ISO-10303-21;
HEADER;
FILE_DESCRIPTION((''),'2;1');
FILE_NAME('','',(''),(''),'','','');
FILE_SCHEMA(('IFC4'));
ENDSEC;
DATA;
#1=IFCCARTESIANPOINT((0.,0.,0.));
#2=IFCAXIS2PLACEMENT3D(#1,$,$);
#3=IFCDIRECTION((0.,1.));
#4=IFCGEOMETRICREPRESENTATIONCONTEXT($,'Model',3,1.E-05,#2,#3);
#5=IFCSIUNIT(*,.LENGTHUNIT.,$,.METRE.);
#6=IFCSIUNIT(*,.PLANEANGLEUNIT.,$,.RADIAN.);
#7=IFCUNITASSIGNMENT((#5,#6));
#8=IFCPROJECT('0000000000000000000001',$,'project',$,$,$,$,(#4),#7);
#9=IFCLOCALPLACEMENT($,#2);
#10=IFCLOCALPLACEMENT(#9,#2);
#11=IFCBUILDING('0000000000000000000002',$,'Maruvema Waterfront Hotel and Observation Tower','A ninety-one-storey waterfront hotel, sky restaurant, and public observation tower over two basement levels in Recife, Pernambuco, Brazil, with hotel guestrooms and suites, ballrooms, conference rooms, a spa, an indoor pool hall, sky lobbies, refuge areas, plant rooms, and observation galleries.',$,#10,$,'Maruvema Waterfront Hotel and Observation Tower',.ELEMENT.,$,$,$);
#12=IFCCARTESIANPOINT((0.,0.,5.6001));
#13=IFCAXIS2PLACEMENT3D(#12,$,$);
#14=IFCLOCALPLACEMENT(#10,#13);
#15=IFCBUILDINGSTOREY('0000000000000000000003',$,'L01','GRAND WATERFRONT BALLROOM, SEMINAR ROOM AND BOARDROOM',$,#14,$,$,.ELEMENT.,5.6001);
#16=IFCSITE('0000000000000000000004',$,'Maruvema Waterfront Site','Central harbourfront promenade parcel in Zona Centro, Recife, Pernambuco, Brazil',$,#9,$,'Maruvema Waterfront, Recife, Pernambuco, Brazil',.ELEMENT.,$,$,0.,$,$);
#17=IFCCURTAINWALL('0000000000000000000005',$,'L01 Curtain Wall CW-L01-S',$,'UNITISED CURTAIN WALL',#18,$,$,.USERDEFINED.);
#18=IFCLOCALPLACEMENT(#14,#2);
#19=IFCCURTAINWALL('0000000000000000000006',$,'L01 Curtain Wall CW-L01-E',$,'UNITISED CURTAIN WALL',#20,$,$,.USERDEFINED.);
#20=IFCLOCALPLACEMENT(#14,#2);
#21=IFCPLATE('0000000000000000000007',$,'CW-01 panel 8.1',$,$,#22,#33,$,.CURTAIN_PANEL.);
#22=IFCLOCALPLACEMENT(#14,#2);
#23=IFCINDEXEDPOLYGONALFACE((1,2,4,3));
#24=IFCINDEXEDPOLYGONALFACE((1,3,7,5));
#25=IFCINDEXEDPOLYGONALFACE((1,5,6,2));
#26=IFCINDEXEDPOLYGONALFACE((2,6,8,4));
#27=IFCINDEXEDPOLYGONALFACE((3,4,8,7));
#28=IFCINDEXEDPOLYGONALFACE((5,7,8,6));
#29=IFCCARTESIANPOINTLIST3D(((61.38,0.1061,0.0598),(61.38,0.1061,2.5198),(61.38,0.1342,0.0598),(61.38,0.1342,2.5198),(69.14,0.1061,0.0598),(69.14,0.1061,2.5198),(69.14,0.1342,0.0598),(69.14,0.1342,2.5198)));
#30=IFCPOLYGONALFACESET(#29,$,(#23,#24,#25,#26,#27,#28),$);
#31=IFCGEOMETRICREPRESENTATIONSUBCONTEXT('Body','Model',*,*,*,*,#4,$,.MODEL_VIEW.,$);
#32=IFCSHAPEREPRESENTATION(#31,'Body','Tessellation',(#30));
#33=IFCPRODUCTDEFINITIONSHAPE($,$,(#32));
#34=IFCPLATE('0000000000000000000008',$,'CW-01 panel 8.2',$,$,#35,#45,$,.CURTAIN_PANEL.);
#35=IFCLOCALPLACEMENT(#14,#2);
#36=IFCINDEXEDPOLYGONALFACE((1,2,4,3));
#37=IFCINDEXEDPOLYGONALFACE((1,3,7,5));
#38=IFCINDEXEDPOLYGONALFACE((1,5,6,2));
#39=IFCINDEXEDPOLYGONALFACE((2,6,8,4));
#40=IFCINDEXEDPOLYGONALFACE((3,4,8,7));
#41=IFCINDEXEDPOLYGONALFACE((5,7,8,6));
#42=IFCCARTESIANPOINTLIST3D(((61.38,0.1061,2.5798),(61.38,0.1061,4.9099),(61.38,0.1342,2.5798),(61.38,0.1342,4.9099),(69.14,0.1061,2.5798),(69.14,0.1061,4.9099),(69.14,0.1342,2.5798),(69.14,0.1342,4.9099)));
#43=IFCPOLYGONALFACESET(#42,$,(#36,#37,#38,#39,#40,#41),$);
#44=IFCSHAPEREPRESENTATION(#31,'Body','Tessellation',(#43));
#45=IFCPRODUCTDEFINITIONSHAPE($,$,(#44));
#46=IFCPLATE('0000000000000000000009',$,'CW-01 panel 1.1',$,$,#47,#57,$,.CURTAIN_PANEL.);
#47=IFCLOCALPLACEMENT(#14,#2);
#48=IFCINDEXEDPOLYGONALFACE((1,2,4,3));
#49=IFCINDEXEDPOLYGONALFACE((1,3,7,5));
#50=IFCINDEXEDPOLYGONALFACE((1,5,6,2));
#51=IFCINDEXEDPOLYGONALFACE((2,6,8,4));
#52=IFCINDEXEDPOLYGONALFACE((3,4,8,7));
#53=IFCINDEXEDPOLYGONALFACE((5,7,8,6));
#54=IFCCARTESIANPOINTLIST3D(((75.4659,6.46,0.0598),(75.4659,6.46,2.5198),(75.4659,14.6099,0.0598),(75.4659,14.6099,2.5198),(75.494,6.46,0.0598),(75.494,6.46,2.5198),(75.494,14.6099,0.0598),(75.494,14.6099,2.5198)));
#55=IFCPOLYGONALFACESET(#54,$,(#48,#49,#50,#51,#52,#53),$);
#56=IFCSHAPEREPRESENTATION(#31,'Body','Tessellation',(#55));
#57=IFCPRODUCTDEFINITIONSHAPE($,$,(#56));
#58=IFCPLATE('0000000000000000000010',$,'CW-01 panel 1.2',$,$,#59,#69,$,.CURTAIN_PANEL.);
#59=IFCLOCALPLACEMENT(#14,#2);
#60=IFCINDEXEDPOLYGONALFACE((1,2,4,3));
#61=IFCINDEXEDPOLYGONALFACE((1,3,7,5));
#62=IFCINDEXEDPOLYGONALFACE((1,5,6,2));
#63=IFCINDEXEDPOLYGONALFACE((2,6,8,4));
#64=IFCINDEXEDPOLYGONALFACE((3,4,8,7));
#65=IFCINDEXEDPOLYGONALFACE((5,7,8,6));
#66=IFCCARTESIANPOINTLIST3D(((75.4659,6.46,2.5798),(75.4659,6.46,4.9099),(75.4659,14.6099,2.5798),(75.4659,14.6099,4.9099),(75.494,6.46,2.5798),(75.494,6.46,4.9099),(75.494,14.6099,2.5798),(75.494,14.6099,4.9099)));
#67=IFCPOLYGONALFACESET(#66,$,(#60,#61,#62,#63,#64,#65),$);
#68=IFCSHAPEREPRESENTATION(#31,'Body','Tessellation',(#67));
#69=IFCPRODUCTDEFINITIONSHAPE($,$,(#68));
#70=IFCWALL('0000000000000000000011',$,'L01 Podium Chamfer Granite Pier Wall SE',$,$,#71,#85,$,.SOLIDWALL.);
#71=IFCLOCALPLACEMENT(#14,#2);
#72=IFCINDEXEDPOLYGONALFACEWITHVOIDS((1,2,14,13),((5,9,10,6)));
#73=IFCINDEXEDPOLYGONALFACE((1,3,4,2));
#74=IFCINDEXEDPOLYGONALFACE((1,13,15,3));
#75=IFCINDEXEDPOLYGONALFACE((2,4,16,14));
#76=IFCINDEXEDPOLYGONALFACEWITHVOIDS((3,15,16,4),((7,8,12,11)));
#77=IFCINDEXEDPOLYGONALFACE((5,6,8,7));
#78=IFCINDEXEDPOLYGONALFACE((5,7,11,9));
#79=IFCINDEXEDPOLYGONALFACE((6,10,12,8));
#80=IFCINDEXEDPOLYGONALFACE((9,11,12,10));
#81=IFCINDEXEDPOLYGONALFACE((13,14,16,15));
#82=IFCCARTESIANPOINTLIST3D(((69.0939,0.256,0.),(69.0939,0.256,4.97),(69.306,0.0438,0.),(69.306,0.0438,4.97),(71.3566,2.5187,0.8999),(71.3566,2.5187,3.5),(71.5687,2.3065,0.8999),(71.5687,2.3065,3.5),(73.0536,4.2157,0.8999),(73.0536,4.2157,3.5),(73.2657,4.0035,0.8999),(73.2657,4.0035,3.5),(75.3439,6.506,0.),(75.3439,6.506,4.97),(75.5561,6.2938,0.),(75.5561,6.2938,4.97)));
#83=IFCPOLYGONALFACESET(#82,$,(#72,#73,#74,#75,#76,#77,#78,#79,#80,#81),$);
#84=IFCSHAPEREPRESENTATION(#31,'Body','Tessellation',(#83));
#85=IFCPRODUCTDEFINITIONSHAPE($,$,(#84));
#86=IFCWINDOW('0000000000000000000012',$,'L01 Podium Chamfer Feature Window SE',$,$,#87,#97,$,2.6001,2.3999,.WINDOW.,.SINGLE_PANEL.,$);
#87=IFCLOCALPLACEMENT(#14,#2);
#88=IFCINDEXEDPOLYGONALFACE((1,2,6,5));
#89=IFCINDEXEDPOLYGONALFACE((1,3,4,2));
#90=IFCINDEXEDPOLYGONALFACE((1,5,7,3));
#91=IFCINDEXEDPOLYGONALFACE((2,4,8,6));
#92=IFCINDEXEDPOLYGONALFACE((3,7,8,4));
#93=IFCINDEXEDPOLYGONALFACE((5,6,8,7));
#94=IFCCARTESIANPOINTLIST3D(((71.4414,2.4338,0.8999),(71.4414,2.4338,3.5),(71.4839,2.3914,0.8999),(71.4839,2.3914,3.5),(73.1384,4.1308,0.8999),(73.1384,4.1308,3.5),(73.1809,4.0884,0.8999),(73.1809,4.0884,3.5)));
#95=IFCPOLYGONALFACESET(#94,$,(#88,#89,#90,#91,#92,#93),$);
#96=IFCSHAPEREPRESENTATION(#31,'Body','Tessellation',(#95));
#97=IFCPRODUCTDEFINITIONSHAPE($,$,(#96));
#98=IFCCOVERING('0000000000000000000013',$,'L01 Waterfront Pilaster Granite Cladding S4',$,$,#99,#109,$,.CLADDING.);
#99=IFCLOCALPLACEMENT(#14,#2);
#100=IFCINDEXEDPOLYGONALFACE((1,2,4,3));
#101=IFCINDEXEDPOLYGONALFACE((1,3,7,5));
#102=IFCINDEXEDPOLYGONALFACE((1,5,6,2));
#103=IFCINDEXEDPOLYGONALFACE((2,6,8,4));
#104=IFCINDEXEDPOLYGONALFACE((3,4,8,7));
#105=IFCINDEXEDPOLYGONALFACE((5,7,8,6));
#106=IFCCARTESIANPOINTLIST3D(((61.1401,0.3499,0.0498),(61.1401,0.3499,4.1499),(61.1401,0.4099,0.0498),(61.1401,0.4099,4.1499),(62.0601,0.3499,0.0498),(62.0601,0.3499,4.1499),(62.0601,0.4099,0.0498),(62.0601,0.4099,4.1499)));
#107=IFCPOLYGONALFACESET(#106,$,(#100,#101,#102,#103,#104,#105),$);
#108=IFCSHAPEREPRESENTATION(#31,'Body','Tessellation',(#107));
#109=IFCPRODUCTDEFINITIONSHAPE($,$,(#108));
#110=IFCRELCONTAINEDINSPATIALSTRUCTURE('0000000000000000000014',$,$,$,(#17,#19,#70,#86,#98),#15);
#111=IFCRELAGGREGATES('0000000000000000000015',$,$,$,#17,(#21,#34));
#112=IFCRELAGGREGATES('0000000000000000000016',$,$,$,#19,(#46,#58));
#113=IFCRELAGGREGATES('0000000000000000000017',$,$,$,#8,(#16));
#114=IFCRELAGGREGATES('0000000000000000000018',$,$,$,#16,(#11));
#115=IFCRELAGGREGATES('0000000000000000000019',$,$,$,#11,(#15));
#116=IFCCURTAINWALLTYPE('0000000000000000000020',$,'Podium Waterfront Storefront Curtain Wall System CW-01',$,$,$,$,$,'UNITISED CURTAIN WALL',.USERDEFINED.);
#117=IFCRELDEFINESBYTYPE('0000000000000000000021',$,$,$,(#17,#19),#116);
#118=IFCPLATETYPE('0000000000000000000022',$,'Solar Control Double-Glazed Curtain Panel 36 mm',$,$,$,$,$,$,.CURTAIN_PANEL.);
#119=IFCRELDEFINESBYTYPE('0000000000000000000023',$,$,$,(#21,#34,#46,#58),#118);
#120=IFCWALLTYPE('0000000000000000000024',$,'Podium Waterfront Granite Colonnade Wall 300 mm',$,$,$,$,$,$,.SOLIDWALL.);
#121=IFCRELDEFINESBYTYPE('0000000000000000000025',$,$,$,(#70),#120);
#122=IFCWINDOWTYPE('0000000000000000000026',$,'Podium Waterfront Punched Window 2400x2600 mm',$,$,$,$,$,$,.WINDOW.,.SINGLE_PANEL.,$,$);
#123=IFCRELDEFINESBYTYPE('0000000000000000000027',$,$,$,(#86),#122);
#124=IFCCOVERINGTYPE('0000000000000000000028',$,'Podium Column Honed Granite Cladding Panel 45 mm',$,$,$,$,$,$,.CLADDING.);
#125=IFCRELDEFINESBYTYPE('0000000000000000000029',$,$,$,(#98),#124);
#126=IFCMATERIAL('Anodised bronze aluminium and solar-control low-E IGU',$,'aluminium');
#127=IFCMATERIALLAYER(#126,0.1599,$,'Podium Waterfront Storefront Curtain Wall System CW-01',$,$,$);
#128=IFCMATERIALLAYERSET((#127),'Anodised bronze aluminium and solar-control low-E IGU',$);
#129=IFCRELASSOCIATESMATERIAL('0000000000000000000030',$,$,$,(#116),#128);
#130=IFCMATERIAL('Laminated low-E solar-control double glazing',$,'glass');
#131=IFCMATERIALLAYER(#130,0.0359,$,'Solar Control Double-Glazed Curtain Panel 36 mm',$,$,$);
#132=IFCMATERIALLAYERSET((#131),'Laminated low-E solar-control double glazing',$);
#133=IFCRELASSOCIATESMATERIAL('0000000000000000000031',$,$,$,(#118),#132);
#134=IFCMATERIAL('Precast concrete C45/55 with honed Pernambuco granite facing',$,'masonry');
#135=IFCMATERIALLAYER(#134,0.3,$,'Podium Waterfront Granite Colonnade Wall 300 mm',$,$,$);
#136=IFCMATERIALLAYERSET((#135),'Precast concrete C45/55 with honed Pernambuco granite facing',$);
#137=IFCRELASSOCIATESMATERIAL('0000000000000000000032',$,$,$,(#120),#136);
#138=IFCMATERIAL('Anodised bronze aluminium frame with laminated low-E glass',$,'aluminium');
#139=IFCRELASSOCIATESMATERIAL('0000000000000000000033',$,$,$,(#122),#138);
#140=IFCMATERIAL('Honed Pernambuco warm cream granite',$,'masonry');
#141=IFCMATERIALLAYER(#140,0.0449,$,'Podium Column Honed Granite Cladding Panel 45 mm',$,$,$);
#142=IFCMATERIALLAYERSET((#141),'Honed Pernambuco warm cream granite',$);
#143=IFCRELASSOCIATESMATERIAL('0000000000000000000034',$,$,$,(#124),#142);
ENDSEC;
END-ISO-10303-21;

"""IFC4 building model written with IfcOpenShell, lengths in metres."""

from ifc_helpers import new_model, si_unit, direction, frame, frame_2d, origin, origin_2d, place, context, subcontext, project, spatial, rectangle, extrude, material, layer, layer_set, type_object, element, fill, aggregate, save


model = new_model("IFC4")

# Units and contexts
model_context = context("Model", 3, precision=1e-05, world=origin(), true_north=direction((0.0, 1.0)))
body_context = subcontext(model_context, "Body", "Model", "MODEL_VIEW")
ifc_project = project(units=[si_unit("LENGTHUNIT", "METRE"), si_unit("PLANEANGLEUNIT", "RADIAN")], contexts=[model_context])

# Site, building, storey
site_placement = place(None, origin())
site = spatial("IfcSite", under=ifc_project, at=site_placement, Name="Maruvema Waterfront Site", Description="Central harbourfront promenade parcel in Zona Centro, Recife, Pernambuco, Brazil", LongName="Maruvema Waterfront, Recife, Pernambuco, Brazil", CompositionType="ELEMENT", RefElevation=0.0)
building_placement = place(site_placement, origin())
building = spatial("IfcBuilding", under=site, at=building_placement, Name="Maruvema Waterfront Hotel and Observation Tower", Description="A ninety-one-storey waterfront hotel, sky restaurant, and public observation tower over two basement levels in Recife, Pernambuco, Brazil, with hotel guestrooms and suites, ballrooms, conference rooms, a spa, an indoor pool hall, sky lobbies, refuge areas, plant rooms, and observation galleries.", LongName="Maruvema Waterfront Hotel and Observation Tower", CompositionType="ELEMENT")
storey_placement = place(building_placement, frame((0.0, 0.0, 5.6001)))
storey = spatial("IfcBuildingStorey", under=building, at=storey_placement, Name="L01", Description="GRAND WATERFRONT BALLROOM, SEMINAR ROOM AND BOARDROOM", CompositionType="ELEMENT", Elevation=5.6001)

# Curtain walls
ifc_material_1 = material(Name="Anodised bronze aluminium and solar-control low-E IGU", Category="aluminium")
ifc_layer_1 = layer(ifc_material_1, 0.1599, Name="Podium Waterfront Storefront Curtain Wall System CW-01")
ifc_layer_set_1 = layer_set([ifc_layer_1], Name="Anodised bronze aluminium and solar-control low-E IGU")
curtain_wall_type = type_object("IfcCurtainWallType", Name="Podium Waterfront Storefront Curtain Wall System CW-01", ElementType="UNITISED CURTAIN WALL", PredefinedType="USERDEFINED", material=ifc_layer_set_1)
curtain_wall_1_placement = place(storey_placement, origin())
curtain_wall_1 = element("IfcCurtainWall", 1, at=curtain_wall_1_placement, inside=storey, type_object=curtain_wall_type, Name="L01 Curtain Wall CW-L01-S", ObjectType="UNITISED CURTAIN WALL", PredefinedType="USERDEFINED")
curtain_wall_2_placement = place(storey_placement, origin())
curtain_wall_2 = element("IfcCurtainWall", 2, at=curtain_wall_2_placement, inside=storey, type_object=curtain_wall_type, Name="L01 Curtain Wall CW-L01-E", ObjectType="UNITISED CURTAIN WALL", PredefinedType="USERDEFINED")

# Plates
ifc_material_2 = material(Name="Laminated low-E solar-control double glazing", Category="glass")
ifc_layer_2 = layer(ifc_material_2, 0.0359, Name="Solar Control Double-Glazed Curtain Panel 36 mm")
ifc_layer_set_2 = layer_set([ifc_layer_2], Name="Laminated low-E solar-control double glazing")
plate_type = type_object("IfcPlateType", Name="Solar Control Double-Glazed Curtain Panel 36 mm", PredefinedType="CURTAIN_PANEL", material=ifc_layer_set_2)
plate_1_placement = place(storey_placement, frame((65.26, 0.1201, 0.0598), z_axis=(0.0, 0.0, 1.0), x_axis=(1.0, 0.0, 0.0)))
plate_1 = element("IfcPlate", 3, at=plate_1_placement, type_object=plate_type, Name="CW-01 panel 8.1", PredefinedType="CURTAIN_PANEL", context=body_context, shape_type="SweptSolid", body=[
    extrude(rectangle(XDim=7.76, YDim=0.0281, at=origin_2d()), origin(), (0.0, 0.0, 1.0), 2.46),
])
plate_2_placement = place(storey_placement, frame((65.26, 0.1201, 2.5798), z_axis=(0.0, 0.0, 1.0), x_axis=(1.0, 0.0, 0.0)))
plate_2 = element("IfcPlate", 4, at=plate_2_placement, type_object=plate_type, Name="CW-01 panel 8.2", PredefinedType="CURTAIN_PANEL", context=body_context, shape_type="SweptSolid", body=[
    extrude(rectangle(XDim=7.76, YDim=0.0281, at=origin_2d()), origin(), (0.0, 0.0, 1.0), 2.3301),
])
aggregate(curtain_wall_1, [plate_1, plate_2])
plate_3_placement = place(storey_placement, frame((75.48, 10.5349, 0.0598), z_axis=(0.0, 0.0, 1.0), x_axis=(0.0, 1.0, 0.0)))
plate_3 = element("IfcPlate", 5, at=plate_3_placement, type_object=plate_type, Name="CW-01 panel 1.1", PredefinedType="CURTAIN_PANEL", context=body_context, shape_type="SweptSolid", body=[
    extrude(rectangle(XDim=8.1499, YDim=0.0281, at=origin_2d()), origin(), (0.0, 0.0, 1.0), 2.46),
])
plate_4_placement = place(storey_placement, frame((75.48, 10.5349, 2.5798), z_axis=(0.0, 0.0, 1.0), x_axis=(0.0, 1.0, 0.0)))
plate_4 = element("IfcPlate", 6, at=plate_4_placement, type_object=plate_type, Name="CW-01 panel 1.2", PredefinedType="CURTAIN_PANEL", context=body_context, shape_type="SweptSolid", body=[
    extrude(rectangle(XDim=8.1499, YDim=0.0281, at=origin_2d()), origin(), (0.0, 0.0, 1.0), 2.3301),
])
aggregate(curtain_wall_2, [plate_3, plate_4])

# Wall, opening, window
ifc_material_3 = material(Name="Precast concrete C45/55 with honed Pernambuco granite facing", Category="masonry")
ifc_layer_3 = layer(ifc_material_3, 0.3, Name="Podium Waterfront Granite Colonnade Wall 300 mm")
ifc_layer_set_3 = layer_set([ifc_layer_3], Name="Precast concrete C45/55 with honed Pernambuco granite facing")
wall_type = type_object("IfcWallType", Name="Podium Waterfront Granite Colonnade Wall 300 mm", PredefinedType="SOLIDWALL", material=ifc_layer_set_3)
wall_placement = place(storey_placement, frame((69.2, 0.1499, 0.0), z_axis=(0.0, 0.0, 1.0), x_axis=(0.707107, 0.707107, 0.0)))
wall = element("IfcWall", 7, at=wall_placement, inside=storey, type_object=wall_type, Name="L01 Podium Chamfer Granite Pier Wall SE", PredefinedType="SOLIDWALL", context=body_context, shape_type="SweptSolid", body=[
    extrude(rectangle(XDim=8.8389, YDim=0.3, at=frame_2d((4.4194, 0.0))), origin(), (0.0, 0.0, 1.0), 4.97),
])
opening_placement = place(wall_placement, frame((3.2, 0.0, 0.8999)))
opening = element("IfcOpeningElement", 8, at=opening_placement, cuts=wall, PredefinedType="OPENING", context=body_context, shape_type="SweptSolid", body=[
    extrude(rectangle(XDim=2.3999, YDim=2.6001, at=frame_2d((1.2, 1.3))), frame((0.0, 0.1602, 0.0), z_axis=(0.0, -1.0, 0.0), x_axis=(1.0, 0.0, 0.0)), (0.0, 0.0, 1.0), 0.3201),
])
ifc_material_4 = material(Name="Anodised bronze aluminium frame with laminated low-E glass", Category="aluminium")
window_type = type_object("IfcWindowType", Name="Podium Waterfront Punched Window 2400x2600 mm", PartitioningType="SINGLE_PANEL", PredefinedType="WINDOW", material=ifc_material_4)
window_placement = place(opening_placement, origin())
window = element("IfcWindow", 9, at=window_placement, inside=storey, type_object=window_type, Name="L01 Podium Chamfer Feature Window SE", OverallHeight=2.6001, OverallWidth=2.3999, PartitioningType="SINGLE_PANEL", PredefinedType="WINDOW", context=body_context, shape_type="SweptSolid", body=[
    extrude(rectangle(XDim=2.3999, YDim=2.6001, at=frame_2d((1.2, 1.3))), frame((0.0, 0.03, 0.0), z_axis=(0.0, -1.0, 0.0), x_axis=(1.0, 0.0, 0.0)), (0.0, 0.0, 1.0), 0.0601),
])
fill(opening, window)

# Covering
ifc_material_5 = material(Name="Honed Pernambuco warm cream granite", Category="masonry")
ifc_layer_4 = layer(ifc_material_5, 0.0449, Name="Podium Column Honed Granite Cladding Panel 45 mm")
ifc_layer_set_4 = layer_set([ifc_layer_4], Name="Honed Pernambuco warm cream granite")
covering_type = type_object("IfcCoveringType", Name="Podium Column Honed Granite Cladding Panel 45 mm", PredefinedType="CLADDING", material=ifc_layer_set_4)
covering_placement = place(storey_placement, frame((61.6001, 0.3799, 0.0498), z_axis=(0.0, 0.0, 1.0), x_axis=(1.0, 0.0, 0.0)))
element("IfcCovering", 10, at=covering_placement, inside=storey, type_object=covering_type, Name="L01 Waterfront Pilaster Granite Cladding S4", PredefinedType="CLADDING", context=body_context, shape_type="SweptSolid", body=[
    extrude(rectangle(XDim=0.9199, YDim=0.0601, at=origin_2d()), origin(), (0.0, 0.0, 1.0), 4.1001),
])

save(model, "model.ifc")
